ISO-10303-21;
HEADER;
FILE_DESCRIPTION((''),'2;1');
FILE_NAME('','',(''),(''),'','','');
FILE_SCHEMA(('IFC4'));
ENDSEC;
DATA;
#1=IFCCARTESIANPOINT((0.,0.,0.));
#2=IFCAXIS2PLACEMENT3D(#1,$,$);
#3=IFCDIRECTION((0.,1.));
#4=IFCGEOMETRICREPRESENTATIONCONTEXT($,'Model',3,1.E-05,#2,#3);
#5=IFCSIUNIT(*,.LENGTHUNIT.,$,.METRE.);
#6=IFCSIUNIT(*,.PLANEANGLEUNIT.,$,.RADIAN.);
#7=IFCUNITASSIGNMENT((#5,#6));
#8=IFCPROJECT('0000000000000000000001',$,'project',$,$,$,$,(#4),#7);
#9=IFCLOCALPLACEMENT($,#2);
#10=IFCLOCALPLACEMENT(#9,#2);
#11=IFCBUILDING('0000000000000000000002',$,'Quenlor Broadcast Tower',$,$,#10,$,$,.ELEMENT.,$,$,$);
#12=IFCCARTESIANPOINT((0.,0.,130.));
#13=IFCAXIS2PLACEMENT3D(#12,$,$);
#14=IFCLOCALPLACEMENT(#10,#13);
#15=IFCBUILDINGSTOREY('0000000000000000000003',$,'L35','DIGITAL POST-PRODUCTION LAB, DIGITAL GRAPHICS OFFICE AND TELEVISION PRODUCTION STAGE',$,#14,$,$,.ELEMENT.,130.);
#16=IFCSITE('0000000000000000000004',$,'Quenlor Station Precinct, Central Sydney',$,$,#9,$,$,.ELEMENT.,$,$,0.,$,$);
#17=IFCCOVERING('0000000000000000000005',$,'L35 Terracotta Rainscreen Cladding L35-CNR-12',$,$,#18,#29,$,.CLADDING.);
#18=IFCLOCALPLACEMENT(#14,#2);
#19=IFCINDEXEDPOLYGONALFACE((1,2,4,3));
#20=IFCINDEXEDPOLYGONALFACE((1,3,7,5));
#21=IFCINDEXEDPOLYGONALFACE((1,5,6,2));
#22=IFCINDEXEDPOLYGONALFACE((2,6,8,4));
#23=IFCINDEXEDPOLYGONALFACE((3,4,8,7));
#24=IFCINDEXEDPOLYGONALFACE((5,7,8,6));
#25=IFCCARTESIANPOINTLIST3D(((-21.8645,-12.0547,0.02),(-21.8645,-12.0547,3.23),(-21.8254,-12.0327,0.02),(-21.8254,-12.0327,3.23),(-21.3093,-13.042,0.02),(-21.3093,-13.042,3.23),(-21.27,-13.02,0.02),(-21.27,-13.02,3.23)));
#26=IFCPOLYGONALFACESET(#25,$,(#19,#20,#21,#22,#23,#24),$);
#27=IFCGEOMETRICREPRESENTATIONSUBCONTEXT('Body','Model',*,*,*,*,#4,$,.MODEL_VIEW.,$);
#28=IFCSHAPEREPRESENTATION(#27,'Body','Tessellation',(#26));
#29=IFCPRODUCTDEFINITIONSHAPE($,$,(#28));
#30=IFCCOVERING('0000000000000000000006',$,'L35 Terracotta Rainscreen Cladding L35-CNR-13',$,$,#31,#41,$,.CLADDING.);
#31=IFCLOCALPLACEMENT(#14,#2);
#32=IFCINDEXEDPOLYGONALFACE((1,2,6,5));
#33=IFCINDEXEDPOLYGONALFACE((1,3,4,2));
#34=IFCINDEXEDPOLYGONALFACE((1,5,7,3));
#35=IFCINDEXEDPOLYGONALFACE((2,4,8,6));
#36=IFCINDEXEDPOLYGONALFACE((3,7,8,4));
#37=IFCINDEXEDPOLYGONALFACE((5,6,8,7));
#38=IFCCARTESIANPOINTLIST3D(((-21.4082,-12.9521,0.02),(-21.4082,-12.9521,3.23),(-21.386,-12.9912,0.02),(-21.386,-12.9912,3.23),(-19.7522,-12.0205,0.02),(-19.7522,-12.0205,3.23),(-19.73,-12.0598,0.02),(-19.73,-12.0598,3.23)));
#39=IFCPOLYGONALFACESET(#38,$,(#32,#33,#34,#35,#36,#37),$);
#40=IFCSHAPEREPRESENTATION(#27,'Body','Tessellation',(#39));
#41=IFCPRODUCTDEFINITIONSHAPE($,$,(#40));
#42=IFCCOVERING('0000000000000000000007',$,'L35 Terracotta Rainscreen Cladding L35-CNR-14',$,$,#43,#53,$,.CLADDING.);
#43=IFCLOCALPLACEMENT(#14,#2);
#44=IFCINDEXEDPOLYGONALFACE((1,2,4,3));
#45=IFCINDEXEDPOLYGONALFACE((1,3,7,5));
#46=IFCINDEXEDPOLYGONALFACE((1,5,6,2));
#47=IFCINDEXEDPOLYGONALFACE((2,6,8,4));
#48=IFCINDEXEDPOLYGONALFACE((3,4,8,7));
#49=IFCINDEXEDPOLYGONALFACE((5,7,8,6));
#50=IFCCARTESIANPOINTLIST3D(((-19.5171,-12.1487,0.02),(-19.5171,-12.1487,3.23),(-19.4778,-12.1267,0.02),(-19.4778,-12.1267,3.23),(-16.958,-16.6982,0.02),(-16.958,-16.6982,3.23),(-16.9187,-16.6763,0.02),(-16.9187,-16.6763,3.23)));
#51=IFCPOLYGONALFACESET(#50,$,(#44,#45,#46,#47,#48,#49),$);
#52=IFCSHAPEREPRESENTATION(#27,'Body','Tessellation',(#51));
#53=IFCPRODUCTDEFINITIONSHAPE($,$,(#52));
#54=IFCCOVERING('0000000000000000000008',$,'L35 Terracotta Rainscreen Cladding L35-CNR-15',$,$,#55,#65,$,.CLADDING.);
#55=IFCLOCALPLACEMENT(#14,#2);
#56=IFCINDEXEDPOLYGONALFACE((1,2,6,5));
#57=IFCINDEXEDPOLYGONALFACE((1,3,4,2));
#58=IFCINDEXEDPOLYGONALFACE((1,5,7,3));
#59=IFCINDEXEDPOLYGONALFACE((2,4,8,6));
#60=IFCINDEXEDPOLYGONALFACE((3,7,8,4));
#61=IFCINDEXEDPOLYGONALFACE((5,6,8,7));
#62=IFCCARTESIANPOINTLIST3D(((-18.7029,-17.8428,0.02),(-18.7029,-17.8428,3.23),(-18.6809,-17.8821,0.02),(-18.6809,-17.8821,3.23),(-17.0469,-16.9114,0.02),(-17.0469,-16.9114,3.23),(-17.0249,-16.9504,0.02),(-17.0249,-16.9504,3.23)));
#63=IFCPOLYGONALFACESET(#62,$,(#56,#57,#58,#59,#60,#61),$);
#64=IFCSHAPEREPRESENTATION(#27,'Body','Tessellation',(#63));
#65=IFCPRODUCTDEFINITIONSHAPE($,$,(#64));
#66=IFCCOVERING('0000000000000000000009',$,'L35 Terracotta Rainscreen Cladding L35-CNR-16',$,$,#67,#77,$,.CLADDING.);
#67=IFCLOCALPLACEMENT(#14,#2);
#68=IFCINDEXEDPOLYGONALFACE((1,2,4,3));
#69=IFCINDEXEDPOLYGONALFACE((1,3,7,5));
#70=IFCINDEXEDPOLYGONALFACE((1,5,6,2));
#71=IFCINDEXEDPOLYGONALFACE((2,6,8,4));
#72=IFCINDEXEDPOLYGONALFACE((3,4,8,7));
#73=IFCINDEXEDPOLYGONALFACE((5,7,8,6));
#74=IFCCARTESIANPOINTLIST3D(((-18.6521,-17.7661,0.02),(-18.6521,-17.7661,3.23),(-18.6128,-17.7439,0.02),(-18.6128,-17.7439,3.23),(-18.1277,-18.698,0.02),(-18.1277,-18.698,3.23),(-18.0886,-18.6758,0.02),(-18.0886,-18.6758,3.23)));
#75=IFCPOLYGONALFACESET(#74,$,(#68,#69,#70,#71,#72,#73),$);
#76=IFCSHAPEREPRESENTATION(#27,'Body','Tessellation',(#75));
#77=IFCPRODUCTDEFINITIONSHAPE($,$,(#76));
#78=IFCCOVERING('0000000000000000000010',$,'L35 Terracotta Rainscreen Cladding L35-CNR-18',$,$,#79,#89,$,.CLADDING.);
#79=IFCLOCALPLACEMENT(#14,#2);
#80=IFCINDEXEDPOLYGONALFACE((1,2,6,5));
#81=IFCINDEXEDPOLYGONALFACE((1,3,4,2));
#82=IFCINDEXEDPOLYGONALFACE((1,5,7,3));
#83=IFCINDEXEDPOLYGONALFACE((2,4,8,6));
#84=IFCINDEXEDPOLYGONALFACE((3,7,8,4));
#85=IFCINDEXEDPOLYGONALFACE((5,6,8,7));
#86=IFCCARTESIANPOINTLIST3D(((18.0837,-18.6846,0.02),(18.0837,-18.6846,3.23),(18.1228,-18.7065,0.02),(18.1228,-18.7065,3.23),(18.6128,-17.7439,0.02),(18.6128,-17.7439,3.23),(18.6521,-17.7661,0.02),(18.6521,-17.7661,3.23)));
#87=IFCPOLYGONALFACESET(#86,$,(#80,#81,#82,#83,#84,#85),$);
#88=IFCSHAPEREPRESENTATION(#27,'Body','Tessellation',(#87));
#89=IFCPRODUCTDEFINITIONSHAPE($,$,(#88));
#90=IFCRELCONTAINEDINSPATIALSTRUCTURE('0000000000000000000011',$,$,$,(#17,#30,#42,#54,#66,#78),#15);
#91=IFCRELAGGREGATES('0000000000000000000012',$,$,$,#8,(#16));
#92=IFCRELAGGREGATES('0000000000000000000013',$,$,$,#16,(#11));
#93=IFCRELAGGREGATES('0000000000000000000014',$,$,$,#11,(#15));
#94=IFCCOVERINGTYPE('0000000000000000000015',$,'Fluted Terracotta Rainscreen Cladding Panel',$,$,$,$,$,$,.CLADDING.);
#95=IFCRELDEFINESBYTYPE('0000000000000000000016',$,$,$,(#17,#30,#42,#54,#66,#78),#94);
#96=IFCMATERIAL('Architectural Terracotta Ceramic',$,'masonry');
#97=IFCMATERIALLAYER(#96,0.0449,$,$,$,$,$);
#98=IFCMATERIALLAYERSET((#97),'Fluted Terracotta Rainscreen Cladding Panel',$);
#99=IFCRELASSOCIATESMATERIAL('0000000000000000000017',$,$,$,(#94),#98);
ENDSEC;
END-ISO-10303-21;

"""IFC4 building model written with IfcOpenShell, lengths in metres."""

from ifc_helpers import new_model, si_unit, direction, frame, origin, place, context, subcontext, project, spatial, polyline, outline, extrude, material, layer, layer_set, type_object, element, save


model = new_model("IFC4")

# Units and contexts
model_context = context("Model", 3, precision=1e-05, world=origin(), true_north=direction((0.0, 1.0)))
body_context = subcontext(model_context, "Body", "Model", "MODEL_VIEW")
ifc_project = project(units=[si_unit("LENGTHUNIT", "METRE"), si_unit("PLANEANGLEUNIT", "RADIAN")], contexts=[model_context])

# Site, building, storey
site_placement = place(None, origin())
site = spatial("IfcSite", under=ifc_project, at=site_placement, Name="Quenlor Station Precinct, Central Sydney", CompositionType="ELEMENT", RefElevation=0.0)
building_placement = place(site_placement, origin())
building = spatial("IfcBuilding", under=site, at=building_placement, Name="Quenlor Broadcast Tower", CompositionType="ELEMENT")
storey_placement = place(building_placement, frame((0.0, 0.0, 130.0)))
storey = spatial("IfcBuildingStorey", under=building, at=storey_placement, Name="L35", Description="DIGITAL POST-PRODUCTION LAB, DIGITAL GRAPHICS OFFICE AND TELEVISION PRODUCTION STAGE", CompositionType="ELEMENT", Elevation=130.0)

# Coverings
ifc_material_1 = material(Name="Architectural Terracotta Ceramic", Category="masonry")
ifc_layer_1 = layer(ifc_material_1, 0.0449)
ifc_layer_set_1 = layer_set([ifc_layer_1], Name="Fluted Terracotta Rainscreen Cladding Panel")
covering_type_1 = type_object("IfcCoveringType", Name="Fluted Terracotta Rainscreen Cladding Panel", PredefinedType="CLADDING", material=ifc_layer_set_1)
covering_1_placement = place(storey_placement, frame((0.0, 0.0, 0.02)))
element("IfcCovering", 1, at=covering_1_placement, inside=storey, type_object=covering_type_1, Name="L35 Terracotta Rainscreen Cladding L35-CNR-12", PredefinedType="CLADDING", context=body_context, shape_type="SweptSolid", body=[
    extrude(outline(polyline([(-21.8645, -12.0547), (-21.3093, -13.042), (-21.27, -13.02), (-21.8254, -12.0327), (-21.8645, -12.0547)])), origin(), (0.0, 0.0, 1.0), 3.21),
])
covering_2_placement = place(storey_placement, frame((0.0, 0.0, 0.02)))
element("IfcCovering", 2, at=covering_2_placement, inside=storey, type_object=covering_type_1, Name="L35 Terracotta Rainscreen Cladding L35-CNR-13", PredefinedType="CLADDING", context=body_context, shape_type="SweptSolid", body=[
    extrude(outline(polyline([(-21.386, -12.9912), (-19.73, -12.0598), (-19.7522, -12.0205), (-21.4082, -12.9521), (-21.386, -12.9912)])), origin(), (0.0, 0.0, 1.0), 3.21),
])
covering_3_placement = place(storey_placement, frame((0.0, 0.0, 0.02)))
element("IfcCovering", 3, at=covering_3_placement, inside=storey, type_object=covering_type_1, Name="L35 Terracotta Rainscreen Cladding L35-CNR-14", PredefinedType="CLADDING", context=body_context, shape_type="SweptSolid", body=[
    extrude(outline(polyline([(-19.5171, -12.1487), (-16.958, -16.6982), (-16.9187, -16.6763), (-19.4778, -12.1267), (-19.5171, -12.1487)])), origin(), (0.0, 0.0, 1.0), 3.21),
])
covering_4_placement = place(storey_placement, frame((0.0, 0.0, 0.02)))
element("IfcCovering", 4, at=covering_4_placement, inside=storey, type_object=covering_type_1, Name="L35 Terracotta Rainscreen Cladding L35-CNR-15", PredefinedType="CLADDING", context=body_context, shape_type="SweptSolid", body=[
    extrude(outline(polyline([(-17.0469, -16.9114), (-18.7029, -17.8428), (-18.6809, -17.8821), (-17.0249, -16.9504), (-17.0469, -16.9114)])), origin(), (0.0, 0.0, 1.0), 3.21),
])
covering_5_placement = place(storey_placement, frame((0.0, 0.0, 0.02)))
element("IfcCovering", 5, at=covering_5_placement, inside=storey, type_object=covering_type_1, Name="L35 Terracotta Rainscreen Cladding L35-CNR-16", PredefinedType="CLADDING", context=body_context, shape_type="SweptSolid", body=[
    extrude(outline(polyline([(-18.6521, -17.7661), (-18.1277, -18.698), (-18.0886, -18.6758), (-18.6128, -17.7439), (-18.6521, -17.7661)])), origin(), (0.0, 0.0, 1.0), 3.21),
])
covering_6_placement = place(storey_placement, frame((0.0, 0.0, 0.02)))
element("IfcCovering", 6, at=covering_6_placement, inside=storey, type_object=covering_type_1, Name="L35 Terracotta Rainscreen Cladding L35-CNR-18", PredefinedType="CLADDING", context=body_context, shape_type="SweptSolid", body=[
    extrude(outline(polyline([(18.1228, -18.7065), (18.6521, -17.7661), (18.6128, -17.7439), (18.0837, -18.6846), (18.1228, -18.7065)])), origin(), (0.0, 0.0, 1.0), 3.21),
])

save(model, "model.ifc")
